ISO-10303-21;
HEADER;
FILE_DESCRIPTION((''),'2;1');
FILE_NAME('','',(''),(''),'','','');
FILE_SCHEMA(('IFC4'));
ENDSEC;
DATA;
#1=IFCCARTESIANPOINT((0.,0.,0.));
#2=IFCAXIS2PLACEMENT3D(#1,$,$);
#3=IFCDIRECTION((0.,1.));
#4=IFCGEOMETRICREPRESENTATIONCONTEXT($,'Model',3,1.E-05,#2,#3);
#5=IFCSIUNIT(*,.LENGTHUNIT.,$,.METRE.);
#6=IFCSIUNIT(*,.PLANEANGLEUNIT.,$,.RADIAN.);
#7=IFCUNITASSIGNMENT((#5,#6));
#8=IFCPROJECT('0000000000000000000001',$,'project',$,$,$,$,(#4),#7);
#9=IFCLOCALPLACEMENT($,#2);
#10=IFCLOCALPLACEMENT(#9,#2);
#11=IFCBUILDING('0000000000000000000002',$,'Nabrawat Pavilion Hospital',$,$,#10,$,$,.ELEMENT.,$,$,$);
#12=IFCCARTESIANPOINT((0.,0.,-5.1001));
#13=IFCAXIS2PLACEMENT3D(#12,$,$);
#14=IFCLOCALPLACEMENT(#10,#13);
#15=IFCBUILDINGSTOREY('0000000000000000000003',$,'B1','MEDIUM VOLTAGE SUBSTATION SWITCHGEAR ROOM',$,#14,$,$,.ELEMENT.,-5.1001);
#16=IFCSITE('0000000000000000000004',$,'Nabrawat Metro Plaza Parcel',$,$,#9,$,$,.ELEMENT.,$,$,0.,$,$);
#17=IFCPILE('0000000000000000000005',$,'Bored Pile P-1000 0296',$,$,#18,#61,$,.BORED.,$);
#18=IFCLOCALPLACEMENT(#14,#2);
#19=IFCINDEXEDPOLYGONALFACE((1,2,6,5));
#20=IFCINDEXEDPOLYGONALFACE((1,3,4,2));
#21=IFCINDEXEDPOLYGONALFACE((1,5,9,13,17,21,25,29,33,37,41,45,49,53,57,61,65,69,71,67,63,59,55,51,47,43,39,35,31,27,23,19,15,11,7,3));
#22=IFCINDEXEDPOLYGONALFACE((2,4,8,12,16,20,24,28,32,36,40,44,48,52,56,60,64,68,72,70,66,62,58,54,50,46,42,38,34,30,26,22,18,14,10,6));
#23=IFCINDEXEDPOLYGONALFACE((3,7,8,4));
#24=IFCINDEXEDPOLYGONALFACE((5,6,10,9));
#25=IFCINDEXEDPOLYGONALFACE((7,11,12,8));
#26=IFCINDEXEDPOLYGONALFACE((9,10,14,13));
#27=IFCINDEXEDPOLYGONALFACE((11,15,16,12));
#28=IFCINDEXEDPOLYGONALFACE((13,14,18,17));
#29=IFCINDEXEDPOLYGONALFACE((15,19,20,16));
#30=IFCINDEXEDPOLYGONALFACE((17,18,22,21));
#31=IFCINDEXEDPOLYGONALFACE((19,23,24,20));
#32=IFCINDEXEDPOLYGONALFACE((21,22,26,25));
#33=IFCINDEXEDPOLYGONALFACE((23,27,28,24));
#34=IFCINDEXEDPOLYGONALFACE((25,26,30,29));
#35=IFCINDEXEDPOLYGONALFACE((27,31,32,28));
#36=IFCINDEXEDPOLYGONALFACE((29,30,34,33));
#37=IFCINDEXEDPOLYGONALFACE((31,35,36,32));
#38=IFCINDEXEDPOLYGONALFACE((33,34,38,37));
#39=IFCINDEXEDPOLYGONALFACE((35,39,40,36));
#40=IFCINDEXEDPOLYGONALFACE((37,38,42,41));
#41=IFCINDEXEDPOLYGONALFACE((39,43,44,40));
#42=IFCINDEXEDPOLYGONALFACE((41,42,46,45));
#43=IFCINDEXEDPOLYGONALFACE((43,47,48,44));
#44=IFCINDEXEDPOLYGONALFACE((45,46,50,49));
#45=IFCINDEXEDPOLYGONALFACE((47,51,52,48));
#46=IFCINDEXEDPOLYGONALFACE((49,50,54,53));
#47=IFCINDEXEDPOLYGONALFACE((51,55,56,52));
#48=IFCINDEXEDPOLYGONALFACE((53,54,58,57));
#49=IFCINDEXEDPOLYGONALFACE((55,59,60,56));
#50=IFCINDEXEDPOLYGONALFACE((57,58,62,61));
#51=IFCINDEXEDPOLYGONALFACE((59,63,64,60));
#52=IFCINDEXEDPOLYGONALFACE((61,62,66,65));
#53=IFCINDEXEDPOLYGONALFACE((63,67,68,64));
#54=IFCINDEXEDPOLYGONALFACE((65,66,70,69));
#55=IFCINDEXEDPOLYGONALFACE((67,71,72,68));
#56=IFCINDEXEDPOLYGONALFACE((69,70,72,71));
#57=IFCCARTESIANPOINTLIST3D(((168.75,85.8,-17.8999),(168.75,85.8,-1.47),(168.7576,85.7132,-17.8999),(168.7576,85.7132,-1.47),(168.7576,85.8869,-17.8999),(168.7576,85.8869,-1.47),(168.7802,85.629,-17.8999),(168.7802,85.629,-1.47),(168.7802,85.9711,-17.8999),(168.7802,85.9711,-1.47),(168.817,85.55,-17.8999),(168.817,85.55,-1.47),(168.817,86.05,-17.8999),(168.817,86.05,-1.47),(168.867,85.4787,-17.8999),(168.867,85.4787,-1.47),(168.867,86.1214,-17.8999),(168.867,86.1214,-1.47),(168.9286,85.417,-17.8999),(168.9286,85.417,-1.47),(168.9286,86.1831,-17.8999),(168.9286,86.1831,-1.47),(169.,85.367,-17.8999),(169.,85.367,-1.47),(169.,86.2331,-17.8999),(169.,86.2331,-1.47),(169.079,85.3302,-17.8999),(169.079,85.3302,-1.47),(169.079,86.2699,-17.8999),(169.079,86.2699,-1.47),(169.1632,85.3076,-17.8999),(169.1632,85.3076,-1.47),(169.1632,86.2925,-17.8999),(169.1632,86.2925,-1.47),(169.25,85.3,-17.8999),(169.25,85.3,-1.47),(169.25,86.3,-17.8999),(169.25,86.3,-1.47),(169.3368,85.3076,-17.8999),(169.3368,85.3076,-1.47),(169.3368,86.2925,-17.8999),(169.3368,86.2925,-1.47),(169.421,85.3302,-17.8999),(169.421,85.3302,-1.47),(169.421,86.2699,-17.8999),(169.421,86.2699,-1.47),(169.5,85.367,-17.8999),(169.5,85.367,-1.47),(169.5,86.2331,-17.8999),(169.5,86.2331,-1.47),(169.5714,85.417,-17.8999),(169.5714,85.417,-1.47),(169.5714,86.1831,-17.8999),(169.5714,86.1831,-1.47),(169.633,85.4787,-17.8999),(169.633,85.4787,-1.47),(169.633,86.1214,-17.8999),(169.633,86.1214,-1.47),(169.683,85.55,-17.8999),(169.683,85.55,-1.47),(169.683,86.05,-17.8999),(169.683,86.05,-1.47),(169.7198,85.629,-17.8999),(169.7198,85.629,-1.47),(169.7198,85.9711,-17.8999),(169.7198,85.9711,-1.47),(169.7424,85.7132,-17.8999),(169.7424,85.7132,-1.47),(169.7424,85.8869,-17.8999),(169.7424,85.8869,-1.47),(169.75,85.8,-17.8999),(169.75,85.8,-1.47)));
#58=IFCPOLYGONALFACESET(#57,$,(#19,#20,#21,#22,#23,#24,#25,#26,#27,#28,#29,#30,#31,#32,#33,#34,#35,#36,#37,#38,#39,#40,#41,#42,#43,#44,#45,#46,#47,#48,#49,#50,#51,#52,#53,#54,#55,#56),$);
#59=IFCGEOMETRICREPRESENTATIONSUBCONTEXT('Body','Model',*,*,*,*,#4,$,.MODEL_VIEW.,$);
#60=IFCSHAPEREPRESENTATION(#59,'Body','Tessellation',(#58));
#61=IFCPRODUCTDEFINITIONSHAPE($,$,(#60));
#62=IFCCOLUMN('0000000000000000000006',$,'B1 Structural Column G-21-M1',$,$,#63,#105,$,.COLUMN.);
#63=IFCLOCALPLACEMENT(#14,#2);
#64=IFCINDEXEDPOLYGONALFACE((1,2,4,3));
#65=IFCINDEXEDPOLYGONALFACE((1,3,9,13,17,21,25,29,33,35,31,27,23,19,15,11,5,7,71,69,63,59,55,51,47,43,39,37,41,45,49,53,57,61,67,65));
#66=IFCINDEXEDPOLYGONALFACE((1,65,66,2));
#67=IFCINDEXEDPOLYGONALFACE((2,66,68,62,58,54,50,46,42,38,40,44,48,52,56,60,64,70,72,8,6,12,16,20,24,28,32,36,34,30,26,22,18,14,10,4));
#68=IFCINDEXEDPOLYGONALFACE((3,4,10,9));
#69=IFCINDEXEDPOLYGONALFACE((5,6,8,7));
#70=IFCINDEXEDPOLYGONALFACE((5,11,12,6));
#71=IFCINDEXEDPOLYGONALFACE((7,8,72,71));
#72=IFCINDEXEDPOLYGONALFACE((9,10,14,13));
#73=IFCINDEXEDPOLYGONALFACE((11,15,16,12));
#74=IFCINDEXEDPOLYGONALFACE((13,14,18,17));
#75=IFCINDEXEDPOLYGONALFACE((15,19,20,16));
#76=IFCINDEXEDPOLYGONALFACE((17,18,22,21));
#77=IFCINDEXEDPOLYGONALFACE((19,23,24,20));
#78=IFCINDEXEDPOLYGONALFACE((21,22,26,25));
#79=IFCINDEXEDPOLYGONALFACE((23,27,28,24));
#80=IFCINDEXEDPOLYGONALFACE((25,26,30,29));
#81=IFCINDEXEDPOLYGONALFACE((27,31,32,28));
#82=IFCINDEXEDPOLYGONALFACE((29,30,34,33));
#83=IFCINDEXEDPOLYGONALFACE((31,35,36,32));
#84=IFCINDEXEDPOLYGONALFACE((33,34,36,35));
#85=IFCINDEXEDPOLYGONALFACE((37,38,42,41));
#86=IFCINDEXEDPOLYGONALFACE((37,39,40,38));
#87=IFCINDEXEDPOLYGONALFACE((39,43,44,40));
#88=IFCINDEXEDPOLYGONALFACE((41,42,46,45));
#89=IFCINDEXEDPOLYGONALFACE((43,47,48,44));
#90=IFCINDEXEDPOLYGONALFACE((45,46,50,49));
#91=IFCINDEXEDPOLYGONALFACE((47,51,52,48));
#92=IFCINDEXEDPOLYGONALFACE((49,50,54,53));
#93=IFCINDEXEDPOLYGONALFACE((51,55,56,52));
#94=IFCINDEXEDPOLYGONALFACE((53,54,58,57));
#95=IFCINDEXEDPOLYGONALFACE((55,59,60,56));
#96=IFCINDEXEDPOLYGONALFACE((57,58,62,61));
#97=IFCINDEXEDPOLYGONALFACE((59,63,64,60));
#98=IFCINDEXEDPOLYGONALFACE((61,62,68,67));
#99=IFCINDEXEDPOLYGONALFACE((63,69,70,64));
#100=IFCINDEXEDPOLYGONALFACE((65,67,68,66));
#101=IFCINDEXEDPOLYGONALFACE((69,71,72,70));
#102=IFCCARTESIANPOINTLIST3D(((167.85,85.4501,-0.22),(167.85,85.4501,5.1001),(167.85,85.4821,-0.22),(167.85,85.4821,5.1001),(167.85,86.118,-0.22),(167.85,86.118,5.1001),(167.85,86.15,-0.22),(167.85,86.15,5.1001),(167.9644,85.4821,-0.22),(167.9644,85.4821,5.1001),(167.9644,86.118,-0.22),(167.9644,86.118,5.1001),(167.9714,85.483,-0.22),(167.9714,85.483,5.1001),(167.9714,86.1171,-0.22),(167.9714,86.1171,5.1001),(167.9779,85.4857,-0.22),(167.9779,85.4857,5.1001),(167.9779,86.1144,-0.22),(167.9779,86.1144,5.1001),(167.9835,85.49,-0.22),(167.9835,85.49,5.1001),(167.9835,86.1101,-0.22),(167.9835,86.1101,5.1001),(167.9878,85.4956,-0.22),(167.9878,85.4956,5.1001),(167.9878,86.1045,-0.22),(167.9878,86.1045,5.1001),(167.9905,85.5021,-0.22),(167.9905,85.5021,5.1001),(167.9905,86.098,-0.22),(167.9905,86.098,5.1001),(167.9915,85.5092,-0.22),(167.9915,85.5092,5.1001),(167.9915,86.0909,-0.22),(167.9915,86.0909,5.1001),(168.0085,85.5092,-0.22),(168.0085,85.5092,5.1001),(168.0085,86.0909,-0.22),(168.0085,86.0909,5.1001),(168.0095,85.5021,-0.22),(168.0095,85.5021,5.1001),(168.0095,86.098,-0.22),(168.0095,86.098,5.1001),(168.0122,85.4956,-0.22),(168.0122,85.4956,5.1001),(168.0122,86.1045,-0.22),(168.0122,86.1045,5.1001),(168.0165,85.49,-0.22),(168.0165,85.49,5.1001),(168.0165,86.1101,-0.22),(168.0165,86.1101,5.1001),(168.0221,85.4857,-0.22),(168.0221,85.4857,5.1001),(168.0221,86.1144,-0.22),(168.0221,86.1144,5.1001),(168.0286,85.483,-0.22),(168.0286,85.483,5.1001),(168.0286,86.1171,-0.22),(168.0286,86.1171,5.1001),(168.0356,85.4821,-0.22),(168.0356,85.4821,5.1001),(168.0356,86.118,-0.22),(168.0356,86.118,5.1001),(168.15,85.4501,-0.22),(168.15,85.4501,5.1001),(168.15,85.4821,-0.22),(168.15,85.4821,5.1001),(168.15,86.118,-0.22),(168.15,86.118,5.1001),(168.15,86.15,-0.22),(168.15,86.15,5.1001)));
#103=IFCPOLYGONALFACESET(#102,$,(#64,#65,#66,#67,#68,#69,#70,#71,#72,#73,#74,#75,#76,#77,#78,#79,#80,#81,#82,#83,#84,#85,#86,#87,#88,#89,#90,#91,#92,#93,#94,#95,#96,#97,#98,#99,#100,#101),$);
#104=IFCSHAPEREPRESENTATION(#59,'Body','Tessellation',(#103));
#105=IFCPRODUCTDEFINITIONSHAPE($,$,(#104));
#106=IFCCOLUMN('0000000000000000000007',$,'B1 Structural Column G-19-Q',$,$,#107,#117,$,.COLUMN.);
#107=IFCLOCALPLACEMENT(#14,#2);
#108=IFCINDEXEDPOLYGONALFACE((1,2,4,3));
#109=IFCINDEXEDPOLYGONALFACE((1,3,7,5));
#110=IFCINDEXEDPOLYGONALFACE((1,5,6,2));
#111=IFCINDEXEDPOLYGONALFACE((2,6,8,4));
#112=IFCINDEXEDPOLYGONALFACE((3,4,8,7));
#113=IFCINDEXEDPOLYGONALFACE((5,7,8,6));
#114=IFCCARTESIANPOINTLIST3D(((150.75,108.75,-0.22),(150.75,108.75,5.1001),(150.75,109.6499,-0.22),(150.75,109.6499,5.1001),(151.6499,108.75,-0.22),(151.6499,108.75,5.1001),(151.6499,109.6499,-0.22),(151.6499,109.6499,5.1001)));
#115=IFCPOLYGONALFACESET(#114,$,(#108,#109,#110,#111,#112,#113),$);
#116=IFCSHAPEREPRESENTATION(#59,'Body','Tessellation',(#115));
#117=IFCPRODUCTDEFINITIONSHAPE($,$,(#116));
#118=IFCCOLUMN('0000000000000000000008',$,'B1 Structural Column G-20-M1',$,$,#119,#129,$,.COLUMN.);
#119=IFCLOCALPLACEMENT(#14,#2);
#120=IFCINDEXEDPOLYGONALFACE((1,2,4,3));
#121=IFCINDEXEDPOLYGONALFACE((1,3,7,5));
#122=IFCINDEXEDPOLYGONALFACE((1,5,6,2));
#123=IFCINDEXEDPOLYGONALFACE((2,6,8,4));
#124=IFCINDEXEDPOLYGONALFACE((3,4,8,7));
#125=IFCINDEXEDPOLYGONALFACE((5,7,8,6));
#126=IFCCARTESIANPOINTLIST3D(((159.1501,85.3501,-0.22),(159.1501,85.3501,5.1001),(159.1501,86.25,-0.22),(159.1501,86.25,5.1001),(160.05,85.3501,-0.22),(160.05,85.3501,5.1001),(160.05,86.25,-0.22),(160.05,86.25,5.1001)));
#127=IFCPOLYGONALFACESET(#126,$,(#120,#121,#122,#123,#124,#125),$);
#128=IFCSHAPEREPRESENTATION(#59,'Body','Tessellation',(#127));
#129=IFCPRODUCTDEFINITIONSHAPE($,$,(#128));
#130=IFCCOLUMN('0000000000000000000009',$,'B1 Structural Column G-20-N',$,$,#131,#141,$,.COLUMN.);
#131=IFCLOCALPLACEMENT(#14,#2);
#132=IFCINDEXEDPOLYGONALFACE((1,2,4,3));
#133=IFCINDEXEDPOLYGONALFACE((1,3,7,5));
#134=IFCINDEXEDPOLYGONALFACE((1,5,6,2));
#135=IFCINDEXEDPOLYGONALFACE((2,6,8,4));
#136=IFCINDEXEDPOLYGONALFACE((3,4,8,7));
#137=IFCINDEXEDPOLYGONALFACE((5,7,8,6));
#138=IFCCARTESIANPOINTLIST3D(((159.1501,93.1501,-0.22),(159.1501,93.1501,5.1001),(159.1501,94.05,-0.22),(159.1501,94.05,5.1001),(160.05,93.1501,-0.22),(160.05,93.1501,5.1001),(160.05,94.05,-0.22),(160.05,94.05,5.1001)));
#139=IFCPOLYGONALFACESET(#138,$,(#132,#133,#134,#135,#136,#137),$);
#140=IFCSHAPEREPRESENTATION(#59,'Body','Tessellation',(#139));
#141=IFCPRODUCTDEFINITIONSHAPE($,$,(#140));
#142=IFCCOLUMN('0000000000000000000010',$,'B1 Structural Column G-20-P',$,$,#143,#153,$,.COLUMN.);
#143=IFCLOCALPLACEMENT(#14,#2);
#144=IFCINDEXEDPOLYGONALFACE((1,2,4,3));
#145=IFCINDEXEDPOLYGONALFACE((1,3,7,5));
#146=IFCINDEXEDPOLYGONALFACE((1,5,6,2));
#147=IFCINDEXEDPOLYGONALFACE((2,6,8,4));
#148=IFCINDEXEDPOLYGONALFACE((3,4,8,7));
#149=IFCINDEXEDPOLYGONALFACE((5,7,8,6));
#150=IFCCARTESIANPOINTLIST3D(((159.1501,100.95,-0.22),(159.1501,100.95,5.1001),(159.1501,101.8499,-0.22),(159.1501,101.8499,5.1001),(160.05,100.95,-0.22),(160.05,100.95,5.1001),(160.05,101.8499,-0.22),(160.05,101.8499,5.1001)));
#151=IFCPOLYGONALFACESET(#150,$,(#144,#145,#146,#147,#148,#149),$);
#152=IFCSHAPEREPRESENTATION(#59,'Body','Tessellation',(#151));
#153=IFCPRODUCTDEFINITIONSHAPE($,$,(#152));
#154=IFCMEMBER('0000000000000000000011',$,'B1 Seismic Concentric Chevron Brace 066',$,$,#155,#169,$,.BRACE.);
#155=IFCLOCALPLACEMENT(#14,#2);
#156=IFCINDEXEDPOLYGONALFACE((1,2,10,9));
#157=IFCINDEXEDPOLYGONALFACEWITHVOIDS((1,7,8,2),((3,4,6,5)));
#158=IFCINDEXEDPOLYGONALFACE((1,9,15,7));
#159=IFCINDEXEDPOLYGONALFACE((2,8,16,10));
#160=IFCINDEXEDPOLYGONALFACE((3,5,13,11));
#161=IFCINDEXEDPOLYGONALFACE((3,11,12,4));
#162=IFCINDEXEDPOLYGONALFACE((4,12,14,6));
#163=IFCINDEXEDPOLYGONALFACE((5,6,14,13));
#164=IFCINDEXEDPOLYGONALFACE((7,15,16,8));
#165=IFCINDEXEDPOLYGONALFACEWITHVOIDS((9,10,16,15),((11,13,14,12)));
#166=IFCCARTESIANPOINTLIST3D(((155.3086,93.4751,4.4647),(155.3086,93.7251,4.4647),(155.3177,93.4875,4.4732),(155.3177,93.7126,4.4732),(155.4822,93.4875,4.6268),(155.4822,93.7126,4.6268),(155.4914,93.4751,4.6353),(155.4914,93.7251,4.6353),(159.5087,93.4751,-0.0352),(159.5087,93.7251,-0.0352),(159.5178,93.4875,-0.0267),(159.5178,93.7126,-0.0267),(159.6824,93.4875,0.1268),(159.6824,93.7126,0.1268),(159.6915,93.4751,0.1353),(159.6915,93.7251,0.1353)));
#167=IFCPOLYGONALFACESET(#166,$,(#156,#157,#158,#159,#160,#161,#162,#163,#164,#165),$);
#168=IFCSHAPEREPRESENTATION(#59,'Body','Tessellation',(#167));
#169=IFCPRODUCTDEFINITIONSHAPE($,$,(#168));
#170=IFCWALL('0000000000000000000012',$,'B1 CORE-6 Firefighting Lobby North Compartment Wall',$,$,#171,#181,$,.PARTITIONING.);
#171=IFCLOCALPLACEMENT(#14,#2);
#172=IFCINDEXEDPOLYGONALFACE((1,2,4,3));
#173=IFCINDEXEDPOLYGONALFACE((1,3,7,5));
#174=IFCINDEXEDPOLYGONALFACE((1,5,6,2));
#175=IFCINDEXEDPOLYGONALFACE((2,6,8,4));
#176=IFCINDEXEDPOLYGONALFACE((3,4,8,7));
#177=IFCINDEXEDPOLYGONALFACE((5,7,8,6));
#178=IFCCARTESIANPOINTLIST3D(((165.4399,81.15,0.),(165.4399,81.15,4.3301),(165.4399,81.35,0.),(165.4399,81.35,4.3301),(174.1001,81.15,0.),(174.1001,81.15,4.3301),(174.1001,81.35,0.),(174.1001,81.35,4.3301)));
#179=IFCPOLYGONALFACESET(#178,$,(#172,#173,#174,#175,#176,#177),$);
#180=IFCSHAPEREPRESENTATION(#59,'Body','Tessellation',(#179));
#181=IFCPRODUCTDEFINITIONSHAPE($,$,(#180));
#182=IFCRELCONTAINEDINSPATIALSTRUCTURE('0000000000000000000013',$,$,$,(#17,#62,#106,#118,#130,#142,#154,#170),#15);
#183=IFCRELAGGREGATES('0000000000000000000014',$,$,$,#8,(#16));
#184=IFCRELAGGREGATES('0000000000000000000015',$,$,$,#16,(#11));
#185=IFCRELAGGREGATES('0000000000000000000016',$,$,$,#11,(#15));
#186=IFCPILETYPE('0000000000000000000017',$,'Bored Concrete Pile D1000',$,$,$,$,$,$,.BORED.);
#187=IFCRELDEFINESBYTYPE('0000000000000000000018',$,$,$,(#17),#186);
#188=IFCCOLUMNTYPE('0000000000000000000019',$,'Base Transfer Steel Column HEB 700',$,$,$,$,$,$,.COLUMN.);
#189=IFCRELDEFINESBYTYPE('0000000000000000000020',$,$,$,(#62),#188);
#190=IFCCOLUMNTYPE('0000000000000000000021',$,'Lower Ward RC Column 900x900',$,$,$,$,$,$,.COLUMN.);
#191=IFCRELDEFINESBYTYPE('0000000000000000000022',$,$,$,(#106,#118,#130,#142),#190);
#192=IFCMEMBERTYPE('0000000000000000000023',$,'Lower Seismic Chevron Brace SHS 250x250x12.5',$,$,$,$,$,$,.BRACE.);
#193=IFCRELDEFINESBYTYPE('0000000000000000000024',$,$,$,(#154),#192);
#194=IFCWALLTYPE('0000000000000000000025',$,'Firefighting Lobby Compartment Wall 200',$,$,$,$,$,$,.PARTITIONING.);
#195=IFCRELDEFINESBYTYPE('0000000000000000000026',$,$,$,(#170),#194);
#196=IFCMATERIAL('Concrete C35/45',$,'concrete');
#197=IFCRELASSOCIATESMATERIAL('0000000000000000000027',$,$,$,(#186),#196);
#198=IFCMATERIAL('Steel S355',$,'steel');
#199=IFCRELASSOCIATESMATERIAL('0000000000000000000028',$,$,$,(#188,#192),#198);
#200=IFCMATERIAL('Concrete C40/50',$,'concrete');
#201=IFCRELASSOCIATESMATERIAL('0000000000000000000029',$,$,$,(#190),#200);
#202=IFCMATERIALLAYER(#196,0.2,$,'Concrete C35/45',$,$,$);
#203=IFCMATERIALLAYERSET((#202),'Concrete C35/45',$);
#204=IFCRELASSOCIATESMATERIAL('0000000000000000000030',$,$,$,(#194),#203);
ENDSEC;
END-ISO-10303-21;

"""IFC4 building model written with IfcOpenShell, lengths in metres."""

from ifc_helpers import new_model, si_unit, direction, frame, frame_2d, origin, origin_2d, place, context, subcontext, project, spatial, rectangle, hollow_rectangle, circle, i_section, extrude, material, layer, layer_set, material_profile, profile_set, type_object, element, save


model = new_model("IFC4")

# Units and contexts
model_context = context("Model", 3, precision=1e-05, world=origin(), true_north=direction((0.0, 1.0)))
body_context = subcontext(model_context, "Body", "Model", "MODEL_VIEW")
ifc_project = project(units=[si_unit("LENGTHUNIT", "METRE"), si_unit("PLANEANGLEUNIT", "RADIAN")], contexts=[model_context])

# Site, building, storey
site_placement = place(None, origin())
site = spatial("IfcSite", under=ifc_project, at=site_placement, Name="Nabrawat Metro Plaza Parcel", CompositionType="ELEMENT", RefElevation=0.0)
building_placement = place(site_placement, origin())
building = spatial("IfcBuilding", under=site, at=building_placement, Name="Nabrawat Pavilion Hospital", CompositionType="ELEMENT")
storey_placement = place(building_placement, frame((0.0, 0.0, -5.1001)))
storey = spatial("IfcBuildingStorey", under=building, at=storey_placement, Name="B1", Description="MEDIUM VOLTAGE SUBSTATION SWITCHGEAR ROOM", CompositionType="ELEMENT", Elevation=-5.1001)

# Pile
ifc_material_1 = material(Name="Concrete C35/45", Category="concrete")
ifc_material_profile_1 = material_profile(ifc_material_1, circle(Radius=0.5, at=origin_2d()), Name="DIA 1000")
ifc_profile_set_1 = profile_set([ifc_material_profile_1], Name="Concrete C35/45")
pile_type = type_object("IfcPileType", Name="Bored Concrete Pile D1000", PredefinedType="BORED", material=ifc_profile_set_1)
for number, where, z_axis, x_axis, name in (
    (1, (169.25, 85.8, -1.47), (0.0, 0.0, -1.0), (1.0, 0.0, 0.0), "Bored Pile P-1000 0296"),
):
    element("IfcPile", number, at=place(storey_placement, frame(where, z_axis=z_axis, x_axis=x_axis)), inside=storey, type_object=pile_type, Name=name, PredefinedType="BORED", context=body_context, shape_type="SweptSolid", body=[
        extrude(circle(Radius=0.5, at=origin_2d()), origin(), (0.0, 0.0, 1.0), 16.4299),
    ])

# Columns
ifc_material_2 = material(Name="Steel S355", Category="steel")
ifc_material_profile_2 = material_profile(ifc_material_2, i_section(OverallWidth=0.3, OverallDepth=0.7, WebThickness=0.0171, FlangeThickness=0.032, FilletRadius=0.0271, at=origin_2d()), Name="HEB 700")
ifc_profile_set_2 = profile_set([ifc_material_profile_2], Name="Steel S355")
column_type_1 = type_object("IfcColumnType", Name="Base Transfer Steel Column HEB 700", PredefinedType="COLUMN", material=ifc_profile_set_2)
column_placement = place(storey_placement, frame((168.0, 85.8, -0.22), z_axis=(0.0, 0.0, 1.0), x_axis=(1.0, 0.0, 0.0)))
element("IfcColumn", 2, at=column_placement, inside=storey, type_object=column_type_1, Name="B1 Structural Column G-21-M1", PredefinedType="COLUMN", context=body_context, shape_type="SweptSolid", body=[
    extrude(i_section(OverallWidth=0.3, OverallDepth=0.7, WebThickness=0.0171, FlangeThickness=0.032, FilletRadius=0.0271, at=origin_2d()), origin(), (0.0, 0.0, 1.0), 5.3201),
])
ifc_material_3 = material(Name="Concrete C40/50", Category="concrete")
ifc_material_profile_3 = material_profile(ifc_material_3, rectangle(XDim=0.8999, YDim=0.8999, at=origin_2d()), Name="RC 900x900")
ifc_profile_set_3 = profile_set([ifc_material_profile_3], Name="Concrete C40/50")
column_type_2 = type_object("IfcColumnType", Name="Lower Ward RC Column 900x900", PredefinedType="COLUMN", material=ifc_profile_set_3)
for number, where, z_axis, x_axis, name in (
    (3, (151.2, 109.2, -0.22), (0.0, 0.0, 1.0), (1.0, 0.0, 0.0), "B1 Structural Column G-19-Q"),
    (4, (159.6001, 85.8, -0.22), (0.0, 0.0, 1.0), (1.0, 0.0, 0.0), "B1 Structural Column G-20-M1"),
    (5, (159.6001, 93.6001, -0.22), (0.0, 0.0, 1.0), (1.0, 0.0, 0.0), "B1 Structural Column G-20-N"),
    (6, (159.6001, 101.3999, -0.22), (0.0, 0.0, 1.0), (1.0, 0.0, 0.0), "B1 Structural Column G-20-P"),
):
    element("IfcColumn", number, at=place(storey_placement, frame(where, z_axis=z_axis, x_axis=x_axis)), inside=storey, type_object=column_type_2, Name=name, PredefinedType="COLUMN", context=body_context, shape_type="SweptSolid", body=[
        extrude(rectangle(XDim=0.8999, YDim=0.8999, at=origin_2d()), origin(), (0.0, 0.0, 1.0), 5.3201),
    ])

# Member
ifc_material_profile_4 = material_profile(ifc_material_2, hollow_rectangle(XDim=0.25, YDim=0.25, WallThickness=0.0125, at=origin_2d()), Name="SHS 250x250x12.5")
ifc_profile_set_4 = profile_set([ifc_material_profile_4], Name="Steel S355")
member_type = type_object("IfcMemberType", Name="Lower Seismic Chevron Brace SHS 250x250x12.5", PredefinedType="BRACE", material=ifc_profile_set_4)
member_placement = place(storey_placement, frame((159.6001, 93.6001, 0.05), z_axis=(-0.682335, 0.0, 0.731039), x_axis=(0.0, -1.0, 0.0)))
element("IfcMember", 7, at=member_placement, inside=storey, type_object=member_type, Name="B1 Seismic Concentric Chevron Brace 066", PredefinedType="BRACE", context=body_context, shape_type="SweptSolid", body=[
    extrude(hollow_rectangle(XDim=0.25, YDim=0.25, WallThickness=0.0125, at=origin_2d()), origin(), (0.0, 0.0, 1.0), 6.1555),
])

# Wall
ifc_layer_1 = layer(ifc_material_1, 0.2, Name="Concrete C35/45")
ifc_layer_set_1 = layer_set([ifc_layer_1], Name="Concrete C35/45")
wall_type = type_object("IfcWallType", Name="Firefighting Lobby Compartment Wall 200", PredefinedType="PARTITIONING", material=ifc_layer_set_1)
wall_1_placement = place(storey_placement, frame((165.4399, 81.25, 0.0), z_axis=(0.0, 0.0, 1.0), x_axis=(1.0, 0.0, 0.0)))
element("IfcWall", 8, at=wall_1_placement, inside=storey, type_object=wall_type, Name="B1 CORE-6 Firefighting Lobby North Compartment Wall", PredefinedType="PARTITIONING", context=body_context, shape_type="SweptSolid", body=[
    extrude(rectangle(XDim=8.6602, YDim=0.2, at=frame_2d((4.3301, 0.0))), origin(), (0.0, 0.0, 1.0), 4.3301),
])

save(model, "model.ifc")
